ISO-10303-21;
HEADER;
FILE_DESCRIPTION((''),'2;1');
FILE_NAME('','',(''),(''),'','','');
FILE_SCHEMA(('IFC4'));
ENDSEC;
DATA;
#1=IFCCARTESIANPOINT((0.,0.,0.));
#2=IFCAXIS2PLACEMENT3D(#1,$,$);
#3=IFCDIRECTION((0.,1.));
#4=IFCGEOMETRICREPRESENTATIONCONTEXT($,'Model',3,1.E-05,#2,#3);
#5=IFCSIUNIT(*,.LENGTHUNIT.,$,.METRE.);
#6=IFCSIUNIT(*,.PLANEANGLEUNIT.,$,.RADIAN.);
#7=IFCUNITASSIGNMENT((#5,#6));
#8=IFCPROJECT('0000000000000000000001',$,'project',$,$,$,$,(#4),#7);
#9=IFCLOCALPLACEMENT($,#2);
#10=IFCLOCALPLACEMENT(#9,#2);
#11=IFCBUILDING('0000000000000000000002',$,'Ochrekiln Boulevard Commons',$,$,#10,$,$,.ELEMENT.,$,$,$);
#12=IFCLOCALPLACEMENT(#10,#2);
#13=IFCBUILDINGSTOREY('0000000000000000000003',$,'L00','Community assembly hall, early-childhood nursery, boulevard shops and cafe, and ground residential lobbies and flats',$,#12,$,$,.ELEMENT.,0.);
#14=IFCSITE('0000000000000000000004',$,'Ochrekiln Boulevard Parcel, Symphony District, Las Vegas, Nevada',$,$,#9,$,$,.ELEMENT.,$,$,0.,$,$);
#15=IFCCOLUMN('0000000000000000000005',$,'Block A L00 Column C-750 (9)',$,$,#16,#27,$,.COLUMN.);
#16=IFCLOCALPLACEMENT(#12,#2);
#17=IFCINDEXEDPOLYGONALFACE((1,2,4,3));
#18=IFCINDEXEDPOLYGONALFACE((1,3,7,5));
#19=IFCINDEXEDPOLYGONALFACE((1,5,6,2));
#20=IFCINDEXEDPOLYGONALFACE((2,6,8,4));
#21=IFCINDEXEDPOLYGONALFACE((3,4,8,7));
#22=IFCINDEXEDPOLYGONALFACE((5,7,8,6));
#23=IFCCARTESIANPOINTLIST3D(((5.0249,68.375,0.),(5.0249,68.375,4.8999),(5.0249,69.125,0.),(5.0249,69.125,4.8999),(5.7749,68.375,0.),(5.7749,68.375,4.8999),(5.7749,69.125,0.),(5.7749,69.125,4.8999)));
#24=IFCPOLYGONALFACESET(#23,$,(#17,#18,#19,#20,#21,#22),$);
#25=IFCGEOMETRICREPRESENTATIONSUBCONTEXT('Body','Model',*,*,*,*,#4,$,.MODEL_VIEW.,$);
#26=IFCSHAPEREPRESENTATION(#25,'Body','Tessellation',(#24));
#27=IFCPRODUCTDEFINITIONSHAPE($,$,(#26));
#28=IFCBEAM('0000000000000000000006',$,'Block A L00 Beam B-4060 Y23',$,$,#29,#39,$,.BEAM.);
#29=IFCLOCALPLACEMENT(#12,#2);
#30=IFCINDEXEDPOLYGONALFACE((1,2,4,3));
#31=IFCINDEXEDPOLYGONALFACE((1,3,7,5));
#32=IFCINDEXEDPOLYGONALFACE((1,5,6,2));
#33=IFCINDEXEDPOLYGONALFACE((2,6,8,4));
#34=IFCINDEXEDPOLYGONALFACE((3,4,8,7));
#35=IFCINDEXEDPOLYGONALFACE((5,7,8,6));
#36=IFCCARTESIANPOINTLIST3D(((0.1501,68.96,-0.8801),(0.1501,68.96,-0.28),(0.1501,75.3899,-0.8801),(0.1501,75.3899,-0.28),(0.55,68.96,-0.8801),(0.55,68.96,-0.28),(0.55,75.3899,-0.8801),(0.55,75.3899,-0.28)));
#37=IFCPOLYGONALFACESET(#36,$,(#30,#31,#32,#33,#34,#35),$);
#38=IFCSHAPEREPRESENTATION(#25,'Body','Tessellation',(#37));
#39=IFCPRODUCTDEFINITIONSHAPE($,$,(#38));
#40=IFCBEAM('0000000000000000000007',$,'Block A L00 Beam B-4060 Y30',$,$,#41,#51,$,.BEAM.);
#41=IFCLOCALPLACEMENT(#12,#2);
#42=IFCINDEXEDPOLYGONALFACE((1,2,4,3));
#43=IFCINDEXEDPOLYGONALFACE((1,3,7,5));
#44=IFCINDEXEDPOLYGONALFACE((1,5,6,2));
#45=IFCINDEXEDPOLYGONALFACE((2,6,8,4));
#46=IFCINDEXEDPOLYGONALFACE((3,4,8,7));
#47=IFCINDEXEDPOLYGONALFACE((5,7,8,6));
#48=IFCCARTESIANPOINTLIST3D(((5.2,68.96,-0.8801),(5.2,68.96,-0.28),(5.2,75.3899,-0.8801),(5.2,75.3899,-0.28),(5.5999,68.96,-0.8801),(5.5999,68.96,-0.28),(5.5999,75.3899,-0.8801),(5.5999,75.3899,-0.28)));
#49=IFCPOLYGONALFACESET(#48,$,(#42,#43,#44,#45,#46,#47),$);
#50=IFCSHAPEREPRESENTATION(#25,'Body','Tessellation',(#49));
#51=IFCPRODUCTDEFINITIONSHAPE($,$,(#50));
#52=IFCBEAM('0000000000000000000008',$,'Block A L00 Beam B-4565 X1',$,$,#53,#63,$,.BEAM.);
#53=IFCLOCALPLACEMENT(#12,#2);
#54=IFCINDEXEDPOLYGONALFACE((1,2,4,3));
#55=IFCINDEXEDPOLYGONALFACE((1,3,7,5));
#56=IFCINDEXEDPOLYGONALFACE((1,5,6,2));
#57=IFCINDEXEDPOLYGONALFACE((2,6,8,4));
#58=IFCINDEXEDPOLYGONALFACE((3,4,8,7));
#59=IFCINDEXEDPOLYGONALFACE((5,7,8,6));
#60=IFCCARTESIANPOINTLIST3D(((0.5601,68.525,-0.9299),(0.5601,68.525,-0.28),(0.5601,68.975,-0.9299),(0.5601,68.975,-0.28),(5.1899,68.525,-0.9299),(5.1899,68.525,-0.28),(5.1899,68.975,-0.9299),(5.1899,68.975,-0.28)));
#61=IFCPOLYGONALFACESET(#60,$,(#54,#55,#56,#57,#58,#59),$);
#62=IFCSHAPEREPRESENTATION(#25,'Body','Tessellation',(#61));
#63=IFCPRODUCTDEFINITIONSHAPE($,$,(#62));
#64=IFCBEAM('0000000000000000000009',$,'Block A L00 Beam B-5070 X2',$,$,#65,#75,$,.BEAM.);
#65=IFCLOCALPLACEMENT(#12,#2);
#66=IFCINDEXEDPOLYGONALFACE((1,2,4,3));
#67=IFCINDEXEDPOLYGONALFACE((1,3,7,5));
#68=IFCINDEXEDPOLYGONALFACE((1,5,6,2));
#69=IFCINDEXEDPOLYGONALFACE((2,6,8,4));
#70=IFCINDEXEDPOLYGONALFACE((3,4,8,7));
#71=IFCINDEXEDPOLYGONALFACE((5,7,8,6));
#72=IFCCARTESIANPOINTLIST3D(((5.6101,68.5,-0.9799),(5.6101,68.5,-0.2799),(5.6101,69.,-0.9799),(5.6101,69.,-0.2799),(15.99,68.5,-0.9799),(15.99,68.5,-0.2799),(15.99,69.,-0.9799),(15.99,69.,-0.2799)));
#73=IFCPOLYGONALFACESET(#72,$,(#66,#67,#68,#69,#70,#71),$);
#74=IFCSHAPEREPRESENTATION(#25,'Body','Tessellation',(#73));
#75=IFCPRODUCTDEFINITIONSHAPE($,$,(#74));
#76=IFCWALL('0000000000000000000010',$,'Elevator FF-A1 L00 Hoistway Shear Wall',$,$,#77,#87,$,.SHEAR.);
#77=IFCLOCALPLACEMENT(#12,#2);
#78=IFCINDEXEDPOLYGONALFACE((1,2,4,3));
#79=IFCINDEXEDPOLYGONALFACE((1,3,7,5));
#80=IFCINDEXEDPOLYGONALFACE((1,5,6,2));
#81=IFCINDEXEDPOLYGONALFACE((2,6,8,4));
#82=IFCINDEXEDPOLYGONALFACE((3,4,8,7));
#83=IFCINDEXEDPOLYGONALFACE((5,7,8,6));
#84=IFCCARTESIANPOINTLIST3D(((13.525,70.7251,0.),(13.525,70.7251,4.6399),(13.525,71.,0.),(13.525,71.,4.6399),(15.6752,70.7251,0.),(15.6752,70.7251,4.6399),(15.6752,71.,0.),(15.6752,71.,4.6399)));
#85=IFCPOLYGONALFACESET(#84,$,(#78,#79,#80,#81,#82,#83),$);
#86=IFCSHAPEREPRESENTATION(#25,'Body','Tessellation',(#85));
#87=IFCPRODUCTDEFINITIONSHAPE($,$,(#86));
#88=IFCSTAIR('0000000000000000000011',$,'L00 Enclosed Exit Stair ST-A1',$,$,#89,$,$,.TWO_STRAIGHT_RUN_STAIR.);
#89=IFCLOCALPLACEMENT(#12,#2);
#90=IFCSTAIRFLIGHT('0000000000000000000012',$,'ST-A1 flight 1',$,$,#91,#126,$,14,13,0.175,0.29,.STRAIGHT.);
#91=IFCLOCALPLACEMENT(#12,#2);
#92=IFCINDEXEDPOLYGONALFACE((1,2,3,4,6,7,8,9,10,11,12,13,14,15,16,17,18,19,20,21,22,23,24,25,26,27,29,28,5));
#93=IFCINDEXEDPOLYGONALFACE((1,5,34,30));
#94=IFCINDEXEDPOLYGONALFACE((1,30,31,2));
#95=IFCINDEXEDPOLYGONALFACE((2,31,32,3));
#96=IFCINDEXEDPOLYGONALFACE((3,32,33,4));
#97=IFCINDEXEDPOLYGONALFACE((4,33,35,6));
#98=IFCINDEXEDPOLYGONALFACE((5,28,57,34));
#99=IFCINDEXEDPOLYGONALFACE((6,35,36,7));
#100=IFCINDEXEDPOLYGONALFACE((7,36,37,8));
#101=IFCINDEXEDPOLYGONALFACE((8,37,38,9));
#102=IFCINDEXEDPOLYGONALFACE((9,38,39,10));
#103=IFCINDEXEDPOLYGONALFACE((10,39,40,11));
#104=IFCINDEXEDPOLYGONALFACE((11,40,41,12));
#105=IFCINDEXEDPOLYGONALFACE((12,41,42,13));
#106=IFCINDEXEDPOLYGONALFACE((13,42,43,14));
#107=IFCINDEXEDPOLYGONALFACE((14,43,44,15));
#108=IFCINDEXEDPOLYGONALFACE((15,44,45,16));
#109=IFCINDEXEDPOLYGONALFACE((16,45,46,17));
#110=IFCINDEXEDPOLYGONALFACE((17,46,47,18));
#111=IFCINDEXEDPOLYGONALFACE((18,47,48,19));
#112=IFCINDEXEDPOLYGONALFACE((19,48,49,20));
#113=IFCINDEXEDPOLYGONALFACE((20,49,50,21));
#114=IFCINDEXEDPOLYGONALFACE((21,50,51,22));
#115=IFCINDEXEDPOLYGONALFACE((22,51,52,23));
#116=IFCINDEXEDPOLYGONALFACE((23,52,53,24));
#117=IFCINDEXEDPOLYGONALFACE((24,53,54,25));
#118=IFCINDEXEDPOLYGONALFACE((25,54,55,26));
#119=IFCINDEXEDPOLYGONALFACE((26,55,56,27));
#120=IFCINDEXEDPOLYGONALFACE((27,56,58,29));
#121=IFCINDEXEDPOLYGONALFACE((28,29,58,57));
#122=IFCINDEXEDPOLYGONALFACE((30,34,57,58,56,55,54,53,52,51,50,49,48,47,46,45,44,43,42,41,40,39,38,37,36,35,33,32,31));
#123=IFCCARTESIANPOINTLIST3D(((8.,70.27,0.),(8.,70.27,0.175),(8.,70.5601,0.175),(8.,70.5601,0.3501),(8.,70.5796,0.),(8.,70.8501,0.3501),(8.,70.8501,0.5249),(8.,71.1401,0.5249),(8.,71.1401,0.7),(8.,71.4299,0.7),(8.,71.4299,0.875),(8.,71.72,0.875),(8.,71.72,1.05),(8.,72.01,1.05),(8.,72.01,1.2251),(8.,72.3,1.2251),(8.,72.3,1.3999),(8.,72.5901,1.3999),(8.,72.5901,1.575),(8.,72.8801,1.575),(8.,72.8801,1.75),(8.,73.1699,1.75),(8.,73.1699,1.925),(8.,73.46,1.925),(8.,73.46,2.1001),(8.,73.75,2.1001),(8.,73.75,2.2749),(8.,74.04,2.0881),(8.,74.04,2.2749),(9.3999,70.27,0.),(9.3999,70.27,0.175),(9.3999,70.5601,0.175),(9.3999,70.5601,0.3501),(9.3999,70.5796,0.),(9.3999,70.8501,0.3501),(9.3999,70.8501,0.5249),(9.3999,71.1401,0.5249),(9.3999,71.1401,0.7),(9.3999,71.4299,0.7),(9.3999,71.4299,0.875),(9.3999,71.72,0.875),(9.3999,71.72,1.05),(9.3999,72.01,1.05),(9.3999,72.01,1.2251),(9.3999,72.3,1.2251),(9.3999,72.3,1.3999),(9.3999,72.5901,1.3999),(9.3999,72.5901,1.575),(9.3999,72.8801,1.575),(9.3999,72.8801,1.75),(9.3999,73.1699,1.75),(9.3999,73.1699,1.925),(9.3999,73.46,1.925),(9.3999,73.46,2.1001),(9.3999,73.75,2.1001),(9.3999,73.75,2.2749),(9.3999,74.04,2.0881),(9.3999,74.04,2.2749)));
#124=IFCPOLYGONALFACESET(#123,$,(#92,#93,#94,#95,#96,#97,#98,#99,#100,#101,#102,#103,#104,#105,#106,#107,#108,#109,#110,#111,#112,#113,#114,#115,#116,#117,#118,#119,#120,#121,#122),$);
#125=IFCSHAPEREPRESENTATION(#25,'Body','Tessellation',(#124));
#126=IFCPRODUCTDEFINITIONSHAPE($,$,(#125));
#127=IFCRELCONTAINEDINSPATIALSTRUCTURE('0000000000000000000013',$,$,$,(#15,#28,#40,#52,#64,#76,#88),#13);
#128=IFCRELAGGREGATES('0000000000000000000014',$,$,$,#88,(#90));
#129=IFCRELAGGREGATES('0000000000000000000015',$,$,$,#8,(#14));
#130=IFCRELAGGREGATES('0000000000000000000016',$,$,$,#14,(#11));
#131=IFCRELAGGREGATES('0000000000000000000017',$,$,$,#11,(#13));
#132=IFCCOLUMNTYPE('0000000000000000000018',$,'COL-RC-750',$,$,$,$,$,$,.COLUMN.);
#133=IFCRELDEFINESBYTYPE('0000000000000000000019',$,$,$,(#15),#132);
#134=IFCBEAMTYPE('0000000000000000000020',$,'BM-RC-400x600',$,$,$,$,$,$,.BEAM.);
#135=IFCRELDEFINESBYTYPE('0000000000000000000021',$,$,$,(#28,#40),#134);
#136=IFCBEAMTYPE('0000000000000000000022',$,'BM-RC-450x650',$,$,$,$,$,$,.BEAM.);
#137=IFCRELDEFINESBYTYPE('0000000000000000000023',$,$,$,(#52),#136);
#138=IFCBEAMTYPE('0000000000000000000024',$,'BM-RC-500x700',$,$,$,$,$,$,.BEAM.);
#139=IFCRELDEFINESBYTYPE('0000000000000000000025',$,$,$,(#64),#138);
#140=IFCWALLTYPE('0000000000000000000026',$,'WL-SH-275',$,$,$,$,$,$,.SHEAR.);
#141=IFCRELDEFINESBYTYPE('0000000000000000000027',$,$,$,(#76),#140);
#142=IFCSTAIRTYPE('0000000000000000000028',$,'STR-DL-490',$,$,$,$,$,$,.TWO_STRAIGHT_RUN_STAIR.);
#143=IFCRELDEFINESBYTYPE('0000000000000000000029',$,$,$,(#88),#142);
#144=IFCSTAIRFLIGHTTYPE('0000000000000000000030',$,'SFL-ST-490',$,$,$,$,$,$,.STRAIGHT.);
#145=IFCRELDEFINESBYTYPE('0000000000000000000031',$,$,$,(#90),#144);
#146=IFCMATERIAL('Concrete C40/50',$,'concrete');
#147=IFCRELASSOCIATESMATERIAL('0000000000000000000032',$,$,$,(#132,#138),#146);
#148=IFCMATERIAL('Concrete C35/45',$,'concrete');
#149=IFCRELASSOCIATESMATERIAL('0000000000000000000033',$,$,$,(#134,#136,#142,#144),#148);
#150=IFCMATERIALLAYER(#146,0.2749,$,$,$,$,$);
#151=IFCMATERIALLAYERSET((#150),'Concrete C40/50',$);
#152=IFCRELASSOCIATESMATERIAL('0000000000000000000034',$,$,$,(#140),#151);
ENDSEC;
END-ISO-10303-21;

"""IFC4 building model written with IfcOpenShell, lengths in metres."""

from ifc_helpers import new_model, si_unit, direction, frame, frame_2d, origin, origin_2d, place, context, subcontext, project, spatial, polyline, rectangle, outline, extrude, material, layer, layer_set, material_profile, profile_set, type_object, element, aggregate, save


model = new_model("IFC4")

# Units and contexts
model_context = context("Model", 3, precision=1e-05, world=origin(), true_north=direction((0.0, 1.0)))
body_context = subcontext(model_context, "Body", "Model", "MODEL_VIEW")
ifc_project = project(units=[si_unit("LENGTHUNIT", "METRE"), si_unit("PLANEANGLEUNIT", "RADIAN")], contexts=[model_context])

# Site, building, storey
site_placement = place(None, origin())
site = spatial("IfcSite", under=ifc_project, at=site_placement, Name="Ochrekiln Boulevard Parcel, Symphony District, Las Vegas, Nevada", CompositionType="ELEMENT", RefElevation=0.0)
building_placement = place(site_placement, origin())
building = spatial("IfcBuilding", under=site, at=building_placement, Name="Ochrekiln Boulevard Commons", CompositionType="ELEMENT")
storey_placement = place(building_placement, origin())
storey = spatial("IfcBuildingStorey", under=building, at=storey_placement, Name="L00", Description="Community assembly hall, early-childhood nursery, boulevard shops and cafe, and ground residential lobbies and flats", CompositionType="ELEMENT", Elevation=0.0)

# Column
ifc_material_1 = material(Name="Concrete C40/50", Category="concrete")
ifc_material_profile_1 = material_profile(ifc_material_1, rectangle(XDim=0.75, YDim=0.75, at=origin_2d()), Name="RC-COL-750x750")
ifc_profile_set_1 = profile_set([ifc_material_profile_1], Name="Concrete C40/50")
column_type = type_object("IfcColumnType", Name="COL-RC-750", PredefinedType="COLUMN", material=ifc_profile_set_1)
column_placement = place(storey_placement, frame((5.3999, 68.75, 0.0), z_axis=(0.0, 0.0, 1.0), x_axis=(1.0, 0.0, 0.0)))
element("IfcColumn", 1, at=column_placement, inside=storey, type_object=column_type, Name="Block A L00 Column C-750 (9)", PredefinedType="COLUMN", context=body_context, shape_type="SweptSolid", body=[
    extrude(rectangle(XDim=0.75, YDim=0.75, at=origin_2d()), origin(), (0.0, 0.0, 1.0), 4.8999),
])

# Beams
ifc_material_2 = material(Name="Concrete C35/45", Category="concrete")
ifc_material_profile_2 = material_profile(ifc_material_2, rectangle(XDim=0.3999, YDim=0.6001, at=origin_2d()), Name="RC-BM-400x600")
ifc_profile_set_2 = profile_set([ifc_material_profile_2], Name="Concrete C35/45")
beam_type_1 = type_object("IfcBeamType", Name="BM-RC-400x600", PredefinedType="BEAM", material=ifc_profile_set_2)
for number, where, z_axis, x_axis, name in (
    (2, (0.3501, 68.96, -0.5801), (0.0, 1.0, 0.0), (-1.0, 0.0, 0.0), "Block A L00 Beam B-4060 Y23"),
    (3, (5.3999, 68.96, -0.5801), (0.0, 1.0, 0.0), (-1.0, 0.0, 0.0), "Block A L00 Beam B-4060 Y30"),
):
    element("IfcBeam", number, at=place(storey_placement, frame(where, z_axis=z_axis, x_axis=x_axis)), inside=storey, type_object=beam_type_1, Name=name, PredefinedType="BEAM", context=body_context, shape_type="SweptSolid", body=[
        extrude(rectangle(XDim=0.3999, YDim=0.6001, at=origin_2d()), origin(), (0.0, 0.0, 1.0), 6.4299),
    ])
ifc_material_profile_3 = material_profile(ifc_material_2, rectangle(XDim=0.45, YDim=0.6499, at=origin_2d()), Name="RC-BM-450x650")
ifc_profile_set_3 = profile_set([ifc_material_profile_3], Name="Concrete C35/45")
beam_type_2 = type_object("IfcBeamType", Name="BM-RC-450x650", PredefinedType="BEAM", material=ifc_profile_set_3)
beam_1_placement = place(storey_placement, frame((0.5601, 68.75, -0.605), z_axis=(1.0, 0.0, 0.0), x_axis=(0.0, 1.0, 0.0)))
element("IfcBeam", 4, at=beam_1_placement, inside=storey, type_object=beam_type_2, Name="Block A L00 Beam B-4565 X1", PredefinedType="BEAM", context=body_context, shape_type="SweptSolid", body=[
    extrude(rectangle(XDim=0.45, YDim=0.6499, at=origin_2d()), origin(), (0.0, 0.0, 1.0), 4.6299),
])
ifc_material_profile_4 = material_profile(ifc_material_1, rectangle(XDim=0.5, YDim=0.7, at=origin_2d()), Name="RC-BM-500x700")
ifc_profile_set_4 = profile_set([ifc_material_profile_4], Name="Concrete C40/50")
beam_type_3 = type_object("IfcBeamType", Name="BM-RC-500x700", PredefinedType="BEAM", material=ifc_profile_set_4)
beam_2_placement = place(storey_placement, frame((5.6101, 68.75, -0.6299), z_axis=(1.0, 0.0, 0.0), x_axis=(0.0, 1.0, 0.0)))
element("IfcBeam", 5, at=beam_2_placement, inside=storey, type_object=beam_type_3, Name="Block A L00 Beam B-5070 X2", PredefinedType="BEAM", context=body_context, shape_type="SweptSolid", body=[
    extrude(rectangle(XDim=0.5, YDim=0.7, at=origin_2d()), origin(), (0.0, 0.0, 1.0), 10.3799),
])

# Wall
ifc_layer = layer(ifc_material_1, 0.2749)
ifc_layer_set = layer_set([ifc_layer], Name="Concrete C40/50")
wall_type = type_object("IfcWallType", Name="WL-SH-275", PredefinedType="SHEAR", material=ifc_layer_set)
wall_1_placement = place(storey_placement, frame((13.5249, 70.8625, 0.0), z_axis=(0.0, 0.0, 1.0), x_axis=(1.0, 0.0, 0.0)))
element("IfcWall", 6, at=wall_1_placement, inside=storey, type_object=wall_type, Name="Elevator FF-A1 L00 Hoistway Shear Wall", PredefinedType="SHEAR", context=body_context, shape_type="SweptSolid", body=[
    extrude(rectangle(XDim=2.1501, YDim=0.2749, at=frame_2d((1.0752, 0.0))), origin(), (0.0, 0.0, 1.0), 4.6399),
])

# Stair, stair flight
stair_type = type_object("IfcStairType", Name="STR-DL-490", PredefinedType="TWO_STRAIGHT_RUN_STAIR", material=ifc_material_2)
stair_placement = place(storey_placement, origin())
stair = element("IfcStair", 7, at=stair_placement, inside=storey, type_object=stair_type, Name="L00 Enclosed Exit Stair ST-A1", PredefinedType="TWO_STRAIGHT_RUN_STAIR")
stair_flight_type = type_object("IfcStairFlightType", Name="SFL-ST-490", PredefinedType="STRAIGHT", material=ifc_material_2)
stair_flight_placement = place(storey_placement, frame((8.7, 70.27, 0.0), z_axis=(0.0, 0.0, 1.0), x_axis=(0.0, 1.0, 0.0)))
stair_flight = element("IfcStairFlight", 8, at=stair_flight_placement, type_object=stair_flight_type, Name="ST-A1 flight 1", NumberOfRisers=14, NumberOfTreads=13, PredefinedType="STRAIGHT", RiserHeight=0.175, TreadLength=0.29, context=body_context, shape_type="SweptSolid", body=[
    extrude(outline(polyline([(0.0, 0.0), (0.0, 0.175), (0.29, 0.175), (0.29, 0.3501), (0.5801, 0.3501), (0.5801, 0.5249), (0.8701, 0.5249), (0.8701, 0.7), (1.1599, 0.7), (1.1599, 0.875), (1.45, 0.875), (1.45, 1.05), (1.74, 1.05), (1.74, 1.2251), (2.03, 1.2251), (2.03, 1.3999), (2.3201, 1.3999), (2.3201, 1.575), (2.6101, 1.575), (2.6101, 1.75), (2.8999, 1.75), (2.8999, 1.925), (3.1899, 1.925), (3.1899, 2.1001), (3.48, 2.1001), (3.48, 2.2749), (3.77, 2.2749), (3.77, 2.45), (3.77, 2.0881), (0.3096, 0.0), (0.0, 0.0)])), frame((0.0, 0.7, 0.0), z_axis=(0.0, -1.0, 0.0), x_axis=(1.0, 0.0, 0.0)), (0.0, 0.0, 1.0), 1.3999),
])
aggregate(stair, [stair_flight])

save(model, "model.ifc")
